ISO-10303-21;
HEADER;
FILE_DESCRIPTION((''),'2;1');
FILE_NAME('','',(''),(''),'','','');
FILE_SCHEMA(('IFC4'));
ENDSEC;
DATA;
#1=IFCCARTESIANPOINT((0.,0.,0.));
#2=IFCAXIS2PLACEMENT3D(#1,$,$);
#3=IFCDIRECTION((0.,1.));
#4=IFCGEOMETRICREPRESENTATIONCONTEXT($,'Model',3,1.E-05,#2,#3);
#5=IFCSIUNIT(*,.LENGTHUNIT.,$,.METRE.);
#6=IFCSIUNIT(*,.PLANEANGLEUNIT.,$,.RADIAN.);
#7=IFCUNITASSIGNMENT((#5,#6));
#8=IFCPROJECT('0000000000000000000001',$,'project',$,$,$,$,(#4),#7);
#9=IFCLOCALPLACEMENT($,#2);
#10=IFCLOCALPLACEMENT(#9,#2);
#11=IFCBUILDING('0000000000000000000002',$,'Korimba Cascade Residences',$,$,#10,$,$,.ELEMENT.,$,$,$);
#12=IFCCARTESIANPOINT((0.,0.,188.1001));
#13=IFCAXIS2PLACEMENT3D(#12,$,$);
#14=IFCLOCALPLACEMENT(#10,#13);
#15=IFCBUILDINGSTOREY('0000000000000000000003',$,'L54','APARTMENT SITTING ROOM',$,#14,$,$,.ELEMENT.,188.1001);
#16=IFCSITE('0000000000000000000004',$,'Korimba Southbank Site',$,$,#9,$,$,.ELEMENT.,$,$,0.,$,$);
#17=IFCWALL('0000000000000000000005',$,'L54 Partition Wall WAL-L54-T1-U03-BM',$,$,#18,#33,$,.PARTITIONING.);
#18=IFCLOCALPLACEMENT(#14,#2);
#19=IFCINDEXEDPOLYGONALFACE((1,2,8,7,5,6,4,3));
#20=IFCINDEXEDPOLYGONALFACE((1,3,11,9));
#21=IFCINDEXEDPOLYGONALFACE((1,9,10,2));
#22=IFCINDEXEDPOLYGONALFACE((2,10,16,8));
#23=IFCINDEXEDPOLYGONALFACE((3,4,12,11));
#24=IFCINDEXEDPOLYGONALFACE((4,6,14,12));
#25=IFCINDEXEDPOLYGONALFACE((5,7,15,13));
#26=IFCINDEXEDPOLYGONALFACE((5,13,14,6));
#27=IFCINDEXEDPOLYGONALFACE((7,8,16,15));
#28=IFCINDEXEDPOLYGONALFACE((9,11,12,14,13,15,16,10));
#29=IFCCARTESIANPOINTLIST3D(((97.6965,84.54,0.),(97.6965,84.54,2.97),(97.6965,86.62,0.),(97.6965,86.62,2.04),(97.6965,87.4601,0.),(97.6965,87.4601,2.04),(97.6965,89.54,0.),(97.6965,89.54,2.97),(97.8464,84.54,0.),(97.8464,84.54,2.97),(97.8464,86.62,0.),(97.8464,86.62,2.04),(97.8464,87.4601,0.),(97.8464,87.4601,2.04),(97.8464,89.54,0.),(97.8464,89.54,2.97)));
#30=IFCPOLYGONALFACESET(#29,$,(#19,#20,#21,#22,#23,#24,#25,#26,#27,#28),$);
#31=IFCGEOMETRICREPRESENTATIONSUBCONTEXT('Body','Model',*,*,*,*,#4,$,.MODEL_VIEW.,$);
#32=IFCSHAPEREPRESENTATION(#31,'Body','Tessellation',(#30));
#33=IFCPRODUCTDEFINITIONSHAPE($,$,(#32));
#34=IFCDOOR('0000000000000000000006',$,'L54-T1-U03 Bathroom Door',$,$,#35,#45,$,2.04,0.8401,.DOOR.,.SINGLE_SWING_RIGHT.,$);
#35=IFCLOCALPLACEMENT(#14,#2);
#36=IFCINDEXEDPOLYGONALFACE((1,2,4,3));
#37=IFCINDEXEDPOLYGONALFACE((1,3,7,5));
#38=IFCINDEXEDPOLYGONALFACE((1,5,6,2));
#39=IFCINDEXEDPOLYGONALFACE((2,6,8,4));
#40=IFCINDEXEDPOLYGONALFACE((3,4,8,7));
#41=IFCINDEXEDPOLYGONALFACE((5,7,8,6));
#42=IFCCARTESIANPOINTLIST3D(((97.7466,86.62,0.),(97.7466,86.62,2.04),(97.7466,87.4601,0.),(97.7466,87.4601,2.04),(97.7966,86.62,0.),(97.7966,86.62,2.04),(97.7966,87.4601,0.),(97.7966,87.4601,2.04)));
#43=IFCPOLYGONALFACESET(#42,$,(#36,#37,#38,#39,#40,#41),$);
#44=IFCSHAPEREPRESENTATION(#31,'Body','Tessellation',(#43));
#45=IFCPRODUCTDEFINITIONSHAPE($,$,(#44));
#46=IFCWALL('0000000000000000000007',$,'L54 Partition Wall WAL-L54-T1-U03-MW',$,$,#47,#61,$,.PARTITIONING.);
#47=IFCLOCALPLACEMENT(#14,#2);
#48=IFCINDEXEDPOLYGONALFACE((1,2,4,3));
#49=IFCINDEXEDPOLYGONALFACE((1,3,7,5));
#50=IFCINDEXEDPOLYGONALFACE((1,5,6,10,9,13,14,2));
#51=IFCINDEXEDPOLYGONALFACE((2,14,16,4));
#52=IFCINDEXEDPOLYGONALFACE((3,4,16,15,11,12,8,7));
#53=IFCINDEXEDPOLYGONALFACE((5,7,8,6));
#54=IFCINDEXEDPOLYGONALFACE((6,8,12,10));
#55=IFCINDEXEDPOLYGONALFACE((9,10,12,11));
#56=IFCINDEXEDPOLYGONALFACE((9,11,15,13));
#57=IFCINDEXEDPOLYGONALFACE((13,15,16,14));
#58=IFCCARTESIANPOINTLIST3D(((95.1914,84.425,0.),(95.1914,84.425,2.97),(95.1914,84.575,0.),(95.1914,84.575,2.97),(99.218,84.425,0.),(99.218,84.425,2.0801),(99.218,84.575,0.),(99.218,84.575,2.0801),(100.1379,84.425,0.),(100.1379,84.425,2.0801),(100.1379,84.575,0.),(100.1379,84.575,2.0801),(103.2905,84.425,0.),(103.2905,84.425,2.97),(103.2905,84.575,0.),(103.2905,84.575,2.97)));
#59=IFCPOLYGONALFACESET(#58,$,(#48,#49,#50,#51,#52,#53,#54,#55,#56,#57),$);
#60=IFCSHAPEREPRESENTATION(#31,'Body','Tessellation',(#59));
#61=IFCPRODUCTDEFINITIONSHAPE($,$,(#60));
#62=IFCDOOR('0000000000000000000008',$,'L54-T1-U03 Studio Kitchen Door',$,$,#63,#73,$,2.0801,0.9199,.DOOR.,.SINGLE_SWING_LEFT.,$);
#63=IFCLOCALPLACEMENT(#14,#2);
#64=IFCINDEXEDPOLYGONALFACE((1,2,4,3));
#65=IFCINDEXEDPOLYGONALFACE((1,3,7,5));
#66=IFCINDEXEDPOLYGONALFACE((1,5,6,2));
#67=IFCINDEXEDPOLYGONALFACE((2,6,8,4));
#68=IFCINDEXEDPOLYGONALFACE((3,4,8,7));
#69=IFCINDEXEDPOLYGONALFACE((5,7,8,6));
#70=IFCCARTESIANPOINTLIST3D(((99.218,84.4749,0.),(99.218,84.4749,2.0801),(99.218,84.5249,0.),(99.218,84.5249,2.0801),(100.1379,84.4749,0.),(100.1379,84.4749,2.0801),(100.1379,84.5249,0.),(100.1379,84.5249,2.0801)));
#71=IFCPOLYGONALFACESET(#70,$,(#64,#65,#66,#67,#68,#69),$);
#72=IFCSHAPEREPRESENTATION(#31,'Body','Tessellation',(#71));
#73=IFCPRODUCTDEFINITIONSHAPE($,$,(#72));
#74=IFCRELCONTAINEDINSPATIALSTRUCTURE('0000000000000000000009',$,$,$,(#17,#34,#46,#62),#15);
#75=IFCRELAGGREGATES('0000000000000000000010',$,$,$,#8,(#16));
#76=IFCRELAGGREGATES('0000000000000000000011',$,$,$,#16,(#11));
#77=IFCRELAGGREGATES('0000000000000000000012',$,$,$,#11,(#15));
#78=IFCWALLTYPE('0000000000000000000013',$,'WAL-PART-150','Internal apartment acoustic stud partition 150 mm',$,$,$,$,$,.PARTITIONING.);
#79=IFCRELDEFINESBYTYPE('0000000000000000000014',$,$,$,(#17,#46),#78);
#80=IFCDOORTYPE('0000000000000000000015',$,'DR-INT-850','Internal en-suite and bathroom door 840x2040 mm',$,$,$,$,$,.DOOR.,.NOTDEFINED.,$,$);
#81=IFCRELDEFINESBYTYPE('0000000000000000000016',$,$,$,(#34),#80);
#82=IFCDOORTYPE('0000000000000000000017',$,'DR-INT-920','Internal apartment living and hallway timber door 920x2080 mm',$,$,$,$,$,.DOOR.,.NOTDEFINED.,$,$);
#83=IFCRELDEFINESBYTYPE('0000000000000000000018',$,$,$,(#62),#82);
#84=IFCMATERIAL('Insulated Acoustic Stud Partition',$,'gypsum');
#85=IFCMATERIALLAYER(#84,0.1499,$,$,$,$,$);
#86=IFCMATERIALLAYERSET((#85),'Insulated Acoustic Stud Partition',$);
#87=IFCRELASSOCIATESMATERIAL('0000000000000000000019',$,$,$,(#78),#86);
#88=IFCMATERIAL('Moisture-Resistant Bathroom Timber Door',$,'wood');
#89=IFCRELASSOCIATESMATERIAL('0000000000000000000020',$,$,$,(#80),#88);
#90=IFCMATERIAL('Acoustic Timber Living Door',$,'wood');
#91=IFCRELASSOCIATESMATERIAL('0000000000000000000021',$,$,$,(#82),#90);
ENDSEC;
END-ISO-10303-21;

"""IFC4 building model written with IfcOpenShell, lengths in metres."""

from ifc_helpers import new_model, si_unit, direction, frame, frame_2d, origin, place, context, subcontext, project, spatial, rectangle, extrude, material, layer, layer_set, type_object, element, fill, save


model = new_model("IFC4")

# Units and contexts
model_context = context("Model", 3, precision=1e-05, world=origin(), true_north=direction((0.0, 1.0)))
body_context = subcontext(model_context, "Body", "Model", "MODEL_VIEW")
ifc_project = project(units=[si_unit("LENGTHUNIT", "METRE"), si_unit("PLANEANGLEUNIT", "RADIAN")], contexts=[model_context])

# Site, building, storey
site_placement = place(None, origin())
site = spatial("IfcSite", under=ifc_project, at=site_placement, Name="Korimba Southbank Site", CompositionType="ELEMENT", RefElevation=0.0)
building_placement = place(site_placement, origin())
building = spatial("IfcBuilding", under=site, at=building_placement, Name="Korimba Cascade Residences", CompositionType="ELEMENT")
storey_placement = place(building_placement, frame((0.0, 0.0, 188.1001)))
storey = spatial("IfcBuildingStorey", under=building, at=storey_placement, Name="L54", Description="APARTMENT SITTING ROOM", CompositionType="ELEMENT", Elevation=188.1001)

# Shared definitions
ifc_material_1 = material(Name="Insulated Acoustic Stud Partition", Category="gypsum")
ifc_layer_1 = layer(ifc_material_1, 0.1499)
ifc_layer_set_1 = layer_set([ifc_layer_1], Name="Insulated Acoustic Stud Partition")
wall_type_1 = type_object("IfcWallType", Name="WAL-PART-150", Description="Internal apartment acoustic stud partition 150 mm", PredefinedType="PARTITIONING", material=ifc_layer_set_1)

# Shared definitions
ifc_material_2 = material(Name="Moisture-Resistant Bathroom Timber Door", Category="wood")
door_type_1 = type_object("IfcDoorType", Name="DR-INT-850", Description="Internal en-suite and bathroom door 840x2040 mm", OperationType="NOTDEFINED", PredefinedType="DOOR", material=ifc_material_2)

# Walls, openings, doors
wall_1_placement = place(storey_placement, frame((97.7715, 84.54, 0.0), z_axis=(0.0, 0.0, 1.0), x_axis=(0.0, 1.0, 0.0)))
wall_1 = element("IfcWall", 1, at=wall_1_placement, inside=storey, type_object=wall_type_1, Name="L54 Partition Wall WAL-L54-T1-U03-BM", PredefinedType="PARTITIONING", context=body_context, shape_type="SweptSolid", body=[
    extrude(rectangle(XDim=5.0, YDim=0.1499, at=frame_2d((2.5, 0.0))), origin(), (0.0, 0.0, 1.0), 2.97),
])
opening_1_placement = place(wall_1_placement, frame((2.0801, 0.0, 0.0)))
opening_1 = element("IfcOpeningElement", 2, at=opening_1_placement, cuts=wall_1, PredefinedType="OPENING", context=body_context, shape_type="SweptSolid", body=[
    extrude(rectangle(XDim=0.8401, YDim=2.04, at=frame_2d((0.4199, 1.02))), frame((0.0, 0.085, 0.0), z_axis=(0.0, -1.0, 0.0), x_axis=(1.0, 0.0, 0.0)), (0.0, 0.0, 1.0), 0.1699),
])
door_1_placement = place(opening_1_placement, origin())
door_1 = element("IfcDoor", 3, at=door_1_placement, inside=storey, type_object=door_type_1, Name="L54-T1-U03 Bathroom Door", OperationType="SINGLE_SWING_RIGHT", OverallHeight=2.04, OverallWidth=0.8401, PredefinedType="DOOR", context=body_context, shape_type="SweptSolid", body=[
    extrude(rectangle(XDim=0.8401, YDim=2.04, at=frame_2d((0.4199, 1.02))), frame((0.0, 0.0249, 0.0), z_axis=(0.0, -1.0, 0.0), x_axis=(1.0, 0.0, 0.0)), (0.0, 0.0, 1.0), 0.05),
])
fill(opening_1, door_1)
wall_2_placement = place(storey_placement, frame((95.1914, 84.5, 0.0), z_axis=(0.0, 0.0, 1.0), x_axis=(1.0, 0.0, 0.0)))
wall_2 = element("IfcWall", 4, at=wall_2_placement, inside=storey, type_object=wall_type_1, Name="L54 Partition Wall WAL-L54-T1-U03-MW", PredefinedType="PARTITIONING", context=body_context, shape_type="SweptSolid", body=[
    extrude(rectangle(XDim=8.0991, YDim=0.1499, at=frame_2d((4.0496, 0.0))), origin(), (0.0, 0.0, 1.0), 2.97),
])
opening_2_placement = place(wall_2_placement, frame((4.0266, 0.0, 0.0)))
opening_2 = element("IfcOpeningElement", 5, at=opening_2_placement, cuts=wall_2, PredefinedType="OPENING", context=body_context, shape_type="SweptSolid", body=[
    extrude(rectangle(XDim=0.9199, YDim=2.0801, at=frame_2d((0.46, 1.04))), frame((0.0, 0.085, 0.0), z_axis=(0.0, -1.0, 0.0), x_axis=(1.0, 0.0, 0.0)), (0.0, 0.0, 1.0), 0.1699),
])
ifc_material_3 = material(Name="Acoustic Timber Living Door", Category="wood")
door_type_2 = type_object("IfcDoorType", Name="DR-INT-920", Description="Internal apartment living and hallway timber door 920x2080 mm", OperationType="NOTDEFINED", PredefinedType="DOOR", material=ifc_material_3)
door_2_placement = place(opening_2_placement, origin())
door_2 = element("IfcDoor", 6, at=door_2_placement, inside=storey, type_object=door_type_2, Name="L54-T1-U03 Studio Kitchen Door", OperationType="SINGLE_SWING_LEFT", OverallHeight=2.0801, OverallWidth=0.9199, PredefinedType="DOOR", context=body_context, shape_type="SweptSolid", body=[
    extrude(rectangle(XDim=0.9199, YDim=2.0801, at=frame_2d((0.46, 1.04))), frame((0.0, 0.0249, 0.0), z_axis=(0.0, -1.0, 0.0), x_axis=(1.0, 0.0, 0.0)), (0.0, 0.0, 1.0), 0.05),
])
fill(opening_2, door_2)

save(model, "model.ifc")
